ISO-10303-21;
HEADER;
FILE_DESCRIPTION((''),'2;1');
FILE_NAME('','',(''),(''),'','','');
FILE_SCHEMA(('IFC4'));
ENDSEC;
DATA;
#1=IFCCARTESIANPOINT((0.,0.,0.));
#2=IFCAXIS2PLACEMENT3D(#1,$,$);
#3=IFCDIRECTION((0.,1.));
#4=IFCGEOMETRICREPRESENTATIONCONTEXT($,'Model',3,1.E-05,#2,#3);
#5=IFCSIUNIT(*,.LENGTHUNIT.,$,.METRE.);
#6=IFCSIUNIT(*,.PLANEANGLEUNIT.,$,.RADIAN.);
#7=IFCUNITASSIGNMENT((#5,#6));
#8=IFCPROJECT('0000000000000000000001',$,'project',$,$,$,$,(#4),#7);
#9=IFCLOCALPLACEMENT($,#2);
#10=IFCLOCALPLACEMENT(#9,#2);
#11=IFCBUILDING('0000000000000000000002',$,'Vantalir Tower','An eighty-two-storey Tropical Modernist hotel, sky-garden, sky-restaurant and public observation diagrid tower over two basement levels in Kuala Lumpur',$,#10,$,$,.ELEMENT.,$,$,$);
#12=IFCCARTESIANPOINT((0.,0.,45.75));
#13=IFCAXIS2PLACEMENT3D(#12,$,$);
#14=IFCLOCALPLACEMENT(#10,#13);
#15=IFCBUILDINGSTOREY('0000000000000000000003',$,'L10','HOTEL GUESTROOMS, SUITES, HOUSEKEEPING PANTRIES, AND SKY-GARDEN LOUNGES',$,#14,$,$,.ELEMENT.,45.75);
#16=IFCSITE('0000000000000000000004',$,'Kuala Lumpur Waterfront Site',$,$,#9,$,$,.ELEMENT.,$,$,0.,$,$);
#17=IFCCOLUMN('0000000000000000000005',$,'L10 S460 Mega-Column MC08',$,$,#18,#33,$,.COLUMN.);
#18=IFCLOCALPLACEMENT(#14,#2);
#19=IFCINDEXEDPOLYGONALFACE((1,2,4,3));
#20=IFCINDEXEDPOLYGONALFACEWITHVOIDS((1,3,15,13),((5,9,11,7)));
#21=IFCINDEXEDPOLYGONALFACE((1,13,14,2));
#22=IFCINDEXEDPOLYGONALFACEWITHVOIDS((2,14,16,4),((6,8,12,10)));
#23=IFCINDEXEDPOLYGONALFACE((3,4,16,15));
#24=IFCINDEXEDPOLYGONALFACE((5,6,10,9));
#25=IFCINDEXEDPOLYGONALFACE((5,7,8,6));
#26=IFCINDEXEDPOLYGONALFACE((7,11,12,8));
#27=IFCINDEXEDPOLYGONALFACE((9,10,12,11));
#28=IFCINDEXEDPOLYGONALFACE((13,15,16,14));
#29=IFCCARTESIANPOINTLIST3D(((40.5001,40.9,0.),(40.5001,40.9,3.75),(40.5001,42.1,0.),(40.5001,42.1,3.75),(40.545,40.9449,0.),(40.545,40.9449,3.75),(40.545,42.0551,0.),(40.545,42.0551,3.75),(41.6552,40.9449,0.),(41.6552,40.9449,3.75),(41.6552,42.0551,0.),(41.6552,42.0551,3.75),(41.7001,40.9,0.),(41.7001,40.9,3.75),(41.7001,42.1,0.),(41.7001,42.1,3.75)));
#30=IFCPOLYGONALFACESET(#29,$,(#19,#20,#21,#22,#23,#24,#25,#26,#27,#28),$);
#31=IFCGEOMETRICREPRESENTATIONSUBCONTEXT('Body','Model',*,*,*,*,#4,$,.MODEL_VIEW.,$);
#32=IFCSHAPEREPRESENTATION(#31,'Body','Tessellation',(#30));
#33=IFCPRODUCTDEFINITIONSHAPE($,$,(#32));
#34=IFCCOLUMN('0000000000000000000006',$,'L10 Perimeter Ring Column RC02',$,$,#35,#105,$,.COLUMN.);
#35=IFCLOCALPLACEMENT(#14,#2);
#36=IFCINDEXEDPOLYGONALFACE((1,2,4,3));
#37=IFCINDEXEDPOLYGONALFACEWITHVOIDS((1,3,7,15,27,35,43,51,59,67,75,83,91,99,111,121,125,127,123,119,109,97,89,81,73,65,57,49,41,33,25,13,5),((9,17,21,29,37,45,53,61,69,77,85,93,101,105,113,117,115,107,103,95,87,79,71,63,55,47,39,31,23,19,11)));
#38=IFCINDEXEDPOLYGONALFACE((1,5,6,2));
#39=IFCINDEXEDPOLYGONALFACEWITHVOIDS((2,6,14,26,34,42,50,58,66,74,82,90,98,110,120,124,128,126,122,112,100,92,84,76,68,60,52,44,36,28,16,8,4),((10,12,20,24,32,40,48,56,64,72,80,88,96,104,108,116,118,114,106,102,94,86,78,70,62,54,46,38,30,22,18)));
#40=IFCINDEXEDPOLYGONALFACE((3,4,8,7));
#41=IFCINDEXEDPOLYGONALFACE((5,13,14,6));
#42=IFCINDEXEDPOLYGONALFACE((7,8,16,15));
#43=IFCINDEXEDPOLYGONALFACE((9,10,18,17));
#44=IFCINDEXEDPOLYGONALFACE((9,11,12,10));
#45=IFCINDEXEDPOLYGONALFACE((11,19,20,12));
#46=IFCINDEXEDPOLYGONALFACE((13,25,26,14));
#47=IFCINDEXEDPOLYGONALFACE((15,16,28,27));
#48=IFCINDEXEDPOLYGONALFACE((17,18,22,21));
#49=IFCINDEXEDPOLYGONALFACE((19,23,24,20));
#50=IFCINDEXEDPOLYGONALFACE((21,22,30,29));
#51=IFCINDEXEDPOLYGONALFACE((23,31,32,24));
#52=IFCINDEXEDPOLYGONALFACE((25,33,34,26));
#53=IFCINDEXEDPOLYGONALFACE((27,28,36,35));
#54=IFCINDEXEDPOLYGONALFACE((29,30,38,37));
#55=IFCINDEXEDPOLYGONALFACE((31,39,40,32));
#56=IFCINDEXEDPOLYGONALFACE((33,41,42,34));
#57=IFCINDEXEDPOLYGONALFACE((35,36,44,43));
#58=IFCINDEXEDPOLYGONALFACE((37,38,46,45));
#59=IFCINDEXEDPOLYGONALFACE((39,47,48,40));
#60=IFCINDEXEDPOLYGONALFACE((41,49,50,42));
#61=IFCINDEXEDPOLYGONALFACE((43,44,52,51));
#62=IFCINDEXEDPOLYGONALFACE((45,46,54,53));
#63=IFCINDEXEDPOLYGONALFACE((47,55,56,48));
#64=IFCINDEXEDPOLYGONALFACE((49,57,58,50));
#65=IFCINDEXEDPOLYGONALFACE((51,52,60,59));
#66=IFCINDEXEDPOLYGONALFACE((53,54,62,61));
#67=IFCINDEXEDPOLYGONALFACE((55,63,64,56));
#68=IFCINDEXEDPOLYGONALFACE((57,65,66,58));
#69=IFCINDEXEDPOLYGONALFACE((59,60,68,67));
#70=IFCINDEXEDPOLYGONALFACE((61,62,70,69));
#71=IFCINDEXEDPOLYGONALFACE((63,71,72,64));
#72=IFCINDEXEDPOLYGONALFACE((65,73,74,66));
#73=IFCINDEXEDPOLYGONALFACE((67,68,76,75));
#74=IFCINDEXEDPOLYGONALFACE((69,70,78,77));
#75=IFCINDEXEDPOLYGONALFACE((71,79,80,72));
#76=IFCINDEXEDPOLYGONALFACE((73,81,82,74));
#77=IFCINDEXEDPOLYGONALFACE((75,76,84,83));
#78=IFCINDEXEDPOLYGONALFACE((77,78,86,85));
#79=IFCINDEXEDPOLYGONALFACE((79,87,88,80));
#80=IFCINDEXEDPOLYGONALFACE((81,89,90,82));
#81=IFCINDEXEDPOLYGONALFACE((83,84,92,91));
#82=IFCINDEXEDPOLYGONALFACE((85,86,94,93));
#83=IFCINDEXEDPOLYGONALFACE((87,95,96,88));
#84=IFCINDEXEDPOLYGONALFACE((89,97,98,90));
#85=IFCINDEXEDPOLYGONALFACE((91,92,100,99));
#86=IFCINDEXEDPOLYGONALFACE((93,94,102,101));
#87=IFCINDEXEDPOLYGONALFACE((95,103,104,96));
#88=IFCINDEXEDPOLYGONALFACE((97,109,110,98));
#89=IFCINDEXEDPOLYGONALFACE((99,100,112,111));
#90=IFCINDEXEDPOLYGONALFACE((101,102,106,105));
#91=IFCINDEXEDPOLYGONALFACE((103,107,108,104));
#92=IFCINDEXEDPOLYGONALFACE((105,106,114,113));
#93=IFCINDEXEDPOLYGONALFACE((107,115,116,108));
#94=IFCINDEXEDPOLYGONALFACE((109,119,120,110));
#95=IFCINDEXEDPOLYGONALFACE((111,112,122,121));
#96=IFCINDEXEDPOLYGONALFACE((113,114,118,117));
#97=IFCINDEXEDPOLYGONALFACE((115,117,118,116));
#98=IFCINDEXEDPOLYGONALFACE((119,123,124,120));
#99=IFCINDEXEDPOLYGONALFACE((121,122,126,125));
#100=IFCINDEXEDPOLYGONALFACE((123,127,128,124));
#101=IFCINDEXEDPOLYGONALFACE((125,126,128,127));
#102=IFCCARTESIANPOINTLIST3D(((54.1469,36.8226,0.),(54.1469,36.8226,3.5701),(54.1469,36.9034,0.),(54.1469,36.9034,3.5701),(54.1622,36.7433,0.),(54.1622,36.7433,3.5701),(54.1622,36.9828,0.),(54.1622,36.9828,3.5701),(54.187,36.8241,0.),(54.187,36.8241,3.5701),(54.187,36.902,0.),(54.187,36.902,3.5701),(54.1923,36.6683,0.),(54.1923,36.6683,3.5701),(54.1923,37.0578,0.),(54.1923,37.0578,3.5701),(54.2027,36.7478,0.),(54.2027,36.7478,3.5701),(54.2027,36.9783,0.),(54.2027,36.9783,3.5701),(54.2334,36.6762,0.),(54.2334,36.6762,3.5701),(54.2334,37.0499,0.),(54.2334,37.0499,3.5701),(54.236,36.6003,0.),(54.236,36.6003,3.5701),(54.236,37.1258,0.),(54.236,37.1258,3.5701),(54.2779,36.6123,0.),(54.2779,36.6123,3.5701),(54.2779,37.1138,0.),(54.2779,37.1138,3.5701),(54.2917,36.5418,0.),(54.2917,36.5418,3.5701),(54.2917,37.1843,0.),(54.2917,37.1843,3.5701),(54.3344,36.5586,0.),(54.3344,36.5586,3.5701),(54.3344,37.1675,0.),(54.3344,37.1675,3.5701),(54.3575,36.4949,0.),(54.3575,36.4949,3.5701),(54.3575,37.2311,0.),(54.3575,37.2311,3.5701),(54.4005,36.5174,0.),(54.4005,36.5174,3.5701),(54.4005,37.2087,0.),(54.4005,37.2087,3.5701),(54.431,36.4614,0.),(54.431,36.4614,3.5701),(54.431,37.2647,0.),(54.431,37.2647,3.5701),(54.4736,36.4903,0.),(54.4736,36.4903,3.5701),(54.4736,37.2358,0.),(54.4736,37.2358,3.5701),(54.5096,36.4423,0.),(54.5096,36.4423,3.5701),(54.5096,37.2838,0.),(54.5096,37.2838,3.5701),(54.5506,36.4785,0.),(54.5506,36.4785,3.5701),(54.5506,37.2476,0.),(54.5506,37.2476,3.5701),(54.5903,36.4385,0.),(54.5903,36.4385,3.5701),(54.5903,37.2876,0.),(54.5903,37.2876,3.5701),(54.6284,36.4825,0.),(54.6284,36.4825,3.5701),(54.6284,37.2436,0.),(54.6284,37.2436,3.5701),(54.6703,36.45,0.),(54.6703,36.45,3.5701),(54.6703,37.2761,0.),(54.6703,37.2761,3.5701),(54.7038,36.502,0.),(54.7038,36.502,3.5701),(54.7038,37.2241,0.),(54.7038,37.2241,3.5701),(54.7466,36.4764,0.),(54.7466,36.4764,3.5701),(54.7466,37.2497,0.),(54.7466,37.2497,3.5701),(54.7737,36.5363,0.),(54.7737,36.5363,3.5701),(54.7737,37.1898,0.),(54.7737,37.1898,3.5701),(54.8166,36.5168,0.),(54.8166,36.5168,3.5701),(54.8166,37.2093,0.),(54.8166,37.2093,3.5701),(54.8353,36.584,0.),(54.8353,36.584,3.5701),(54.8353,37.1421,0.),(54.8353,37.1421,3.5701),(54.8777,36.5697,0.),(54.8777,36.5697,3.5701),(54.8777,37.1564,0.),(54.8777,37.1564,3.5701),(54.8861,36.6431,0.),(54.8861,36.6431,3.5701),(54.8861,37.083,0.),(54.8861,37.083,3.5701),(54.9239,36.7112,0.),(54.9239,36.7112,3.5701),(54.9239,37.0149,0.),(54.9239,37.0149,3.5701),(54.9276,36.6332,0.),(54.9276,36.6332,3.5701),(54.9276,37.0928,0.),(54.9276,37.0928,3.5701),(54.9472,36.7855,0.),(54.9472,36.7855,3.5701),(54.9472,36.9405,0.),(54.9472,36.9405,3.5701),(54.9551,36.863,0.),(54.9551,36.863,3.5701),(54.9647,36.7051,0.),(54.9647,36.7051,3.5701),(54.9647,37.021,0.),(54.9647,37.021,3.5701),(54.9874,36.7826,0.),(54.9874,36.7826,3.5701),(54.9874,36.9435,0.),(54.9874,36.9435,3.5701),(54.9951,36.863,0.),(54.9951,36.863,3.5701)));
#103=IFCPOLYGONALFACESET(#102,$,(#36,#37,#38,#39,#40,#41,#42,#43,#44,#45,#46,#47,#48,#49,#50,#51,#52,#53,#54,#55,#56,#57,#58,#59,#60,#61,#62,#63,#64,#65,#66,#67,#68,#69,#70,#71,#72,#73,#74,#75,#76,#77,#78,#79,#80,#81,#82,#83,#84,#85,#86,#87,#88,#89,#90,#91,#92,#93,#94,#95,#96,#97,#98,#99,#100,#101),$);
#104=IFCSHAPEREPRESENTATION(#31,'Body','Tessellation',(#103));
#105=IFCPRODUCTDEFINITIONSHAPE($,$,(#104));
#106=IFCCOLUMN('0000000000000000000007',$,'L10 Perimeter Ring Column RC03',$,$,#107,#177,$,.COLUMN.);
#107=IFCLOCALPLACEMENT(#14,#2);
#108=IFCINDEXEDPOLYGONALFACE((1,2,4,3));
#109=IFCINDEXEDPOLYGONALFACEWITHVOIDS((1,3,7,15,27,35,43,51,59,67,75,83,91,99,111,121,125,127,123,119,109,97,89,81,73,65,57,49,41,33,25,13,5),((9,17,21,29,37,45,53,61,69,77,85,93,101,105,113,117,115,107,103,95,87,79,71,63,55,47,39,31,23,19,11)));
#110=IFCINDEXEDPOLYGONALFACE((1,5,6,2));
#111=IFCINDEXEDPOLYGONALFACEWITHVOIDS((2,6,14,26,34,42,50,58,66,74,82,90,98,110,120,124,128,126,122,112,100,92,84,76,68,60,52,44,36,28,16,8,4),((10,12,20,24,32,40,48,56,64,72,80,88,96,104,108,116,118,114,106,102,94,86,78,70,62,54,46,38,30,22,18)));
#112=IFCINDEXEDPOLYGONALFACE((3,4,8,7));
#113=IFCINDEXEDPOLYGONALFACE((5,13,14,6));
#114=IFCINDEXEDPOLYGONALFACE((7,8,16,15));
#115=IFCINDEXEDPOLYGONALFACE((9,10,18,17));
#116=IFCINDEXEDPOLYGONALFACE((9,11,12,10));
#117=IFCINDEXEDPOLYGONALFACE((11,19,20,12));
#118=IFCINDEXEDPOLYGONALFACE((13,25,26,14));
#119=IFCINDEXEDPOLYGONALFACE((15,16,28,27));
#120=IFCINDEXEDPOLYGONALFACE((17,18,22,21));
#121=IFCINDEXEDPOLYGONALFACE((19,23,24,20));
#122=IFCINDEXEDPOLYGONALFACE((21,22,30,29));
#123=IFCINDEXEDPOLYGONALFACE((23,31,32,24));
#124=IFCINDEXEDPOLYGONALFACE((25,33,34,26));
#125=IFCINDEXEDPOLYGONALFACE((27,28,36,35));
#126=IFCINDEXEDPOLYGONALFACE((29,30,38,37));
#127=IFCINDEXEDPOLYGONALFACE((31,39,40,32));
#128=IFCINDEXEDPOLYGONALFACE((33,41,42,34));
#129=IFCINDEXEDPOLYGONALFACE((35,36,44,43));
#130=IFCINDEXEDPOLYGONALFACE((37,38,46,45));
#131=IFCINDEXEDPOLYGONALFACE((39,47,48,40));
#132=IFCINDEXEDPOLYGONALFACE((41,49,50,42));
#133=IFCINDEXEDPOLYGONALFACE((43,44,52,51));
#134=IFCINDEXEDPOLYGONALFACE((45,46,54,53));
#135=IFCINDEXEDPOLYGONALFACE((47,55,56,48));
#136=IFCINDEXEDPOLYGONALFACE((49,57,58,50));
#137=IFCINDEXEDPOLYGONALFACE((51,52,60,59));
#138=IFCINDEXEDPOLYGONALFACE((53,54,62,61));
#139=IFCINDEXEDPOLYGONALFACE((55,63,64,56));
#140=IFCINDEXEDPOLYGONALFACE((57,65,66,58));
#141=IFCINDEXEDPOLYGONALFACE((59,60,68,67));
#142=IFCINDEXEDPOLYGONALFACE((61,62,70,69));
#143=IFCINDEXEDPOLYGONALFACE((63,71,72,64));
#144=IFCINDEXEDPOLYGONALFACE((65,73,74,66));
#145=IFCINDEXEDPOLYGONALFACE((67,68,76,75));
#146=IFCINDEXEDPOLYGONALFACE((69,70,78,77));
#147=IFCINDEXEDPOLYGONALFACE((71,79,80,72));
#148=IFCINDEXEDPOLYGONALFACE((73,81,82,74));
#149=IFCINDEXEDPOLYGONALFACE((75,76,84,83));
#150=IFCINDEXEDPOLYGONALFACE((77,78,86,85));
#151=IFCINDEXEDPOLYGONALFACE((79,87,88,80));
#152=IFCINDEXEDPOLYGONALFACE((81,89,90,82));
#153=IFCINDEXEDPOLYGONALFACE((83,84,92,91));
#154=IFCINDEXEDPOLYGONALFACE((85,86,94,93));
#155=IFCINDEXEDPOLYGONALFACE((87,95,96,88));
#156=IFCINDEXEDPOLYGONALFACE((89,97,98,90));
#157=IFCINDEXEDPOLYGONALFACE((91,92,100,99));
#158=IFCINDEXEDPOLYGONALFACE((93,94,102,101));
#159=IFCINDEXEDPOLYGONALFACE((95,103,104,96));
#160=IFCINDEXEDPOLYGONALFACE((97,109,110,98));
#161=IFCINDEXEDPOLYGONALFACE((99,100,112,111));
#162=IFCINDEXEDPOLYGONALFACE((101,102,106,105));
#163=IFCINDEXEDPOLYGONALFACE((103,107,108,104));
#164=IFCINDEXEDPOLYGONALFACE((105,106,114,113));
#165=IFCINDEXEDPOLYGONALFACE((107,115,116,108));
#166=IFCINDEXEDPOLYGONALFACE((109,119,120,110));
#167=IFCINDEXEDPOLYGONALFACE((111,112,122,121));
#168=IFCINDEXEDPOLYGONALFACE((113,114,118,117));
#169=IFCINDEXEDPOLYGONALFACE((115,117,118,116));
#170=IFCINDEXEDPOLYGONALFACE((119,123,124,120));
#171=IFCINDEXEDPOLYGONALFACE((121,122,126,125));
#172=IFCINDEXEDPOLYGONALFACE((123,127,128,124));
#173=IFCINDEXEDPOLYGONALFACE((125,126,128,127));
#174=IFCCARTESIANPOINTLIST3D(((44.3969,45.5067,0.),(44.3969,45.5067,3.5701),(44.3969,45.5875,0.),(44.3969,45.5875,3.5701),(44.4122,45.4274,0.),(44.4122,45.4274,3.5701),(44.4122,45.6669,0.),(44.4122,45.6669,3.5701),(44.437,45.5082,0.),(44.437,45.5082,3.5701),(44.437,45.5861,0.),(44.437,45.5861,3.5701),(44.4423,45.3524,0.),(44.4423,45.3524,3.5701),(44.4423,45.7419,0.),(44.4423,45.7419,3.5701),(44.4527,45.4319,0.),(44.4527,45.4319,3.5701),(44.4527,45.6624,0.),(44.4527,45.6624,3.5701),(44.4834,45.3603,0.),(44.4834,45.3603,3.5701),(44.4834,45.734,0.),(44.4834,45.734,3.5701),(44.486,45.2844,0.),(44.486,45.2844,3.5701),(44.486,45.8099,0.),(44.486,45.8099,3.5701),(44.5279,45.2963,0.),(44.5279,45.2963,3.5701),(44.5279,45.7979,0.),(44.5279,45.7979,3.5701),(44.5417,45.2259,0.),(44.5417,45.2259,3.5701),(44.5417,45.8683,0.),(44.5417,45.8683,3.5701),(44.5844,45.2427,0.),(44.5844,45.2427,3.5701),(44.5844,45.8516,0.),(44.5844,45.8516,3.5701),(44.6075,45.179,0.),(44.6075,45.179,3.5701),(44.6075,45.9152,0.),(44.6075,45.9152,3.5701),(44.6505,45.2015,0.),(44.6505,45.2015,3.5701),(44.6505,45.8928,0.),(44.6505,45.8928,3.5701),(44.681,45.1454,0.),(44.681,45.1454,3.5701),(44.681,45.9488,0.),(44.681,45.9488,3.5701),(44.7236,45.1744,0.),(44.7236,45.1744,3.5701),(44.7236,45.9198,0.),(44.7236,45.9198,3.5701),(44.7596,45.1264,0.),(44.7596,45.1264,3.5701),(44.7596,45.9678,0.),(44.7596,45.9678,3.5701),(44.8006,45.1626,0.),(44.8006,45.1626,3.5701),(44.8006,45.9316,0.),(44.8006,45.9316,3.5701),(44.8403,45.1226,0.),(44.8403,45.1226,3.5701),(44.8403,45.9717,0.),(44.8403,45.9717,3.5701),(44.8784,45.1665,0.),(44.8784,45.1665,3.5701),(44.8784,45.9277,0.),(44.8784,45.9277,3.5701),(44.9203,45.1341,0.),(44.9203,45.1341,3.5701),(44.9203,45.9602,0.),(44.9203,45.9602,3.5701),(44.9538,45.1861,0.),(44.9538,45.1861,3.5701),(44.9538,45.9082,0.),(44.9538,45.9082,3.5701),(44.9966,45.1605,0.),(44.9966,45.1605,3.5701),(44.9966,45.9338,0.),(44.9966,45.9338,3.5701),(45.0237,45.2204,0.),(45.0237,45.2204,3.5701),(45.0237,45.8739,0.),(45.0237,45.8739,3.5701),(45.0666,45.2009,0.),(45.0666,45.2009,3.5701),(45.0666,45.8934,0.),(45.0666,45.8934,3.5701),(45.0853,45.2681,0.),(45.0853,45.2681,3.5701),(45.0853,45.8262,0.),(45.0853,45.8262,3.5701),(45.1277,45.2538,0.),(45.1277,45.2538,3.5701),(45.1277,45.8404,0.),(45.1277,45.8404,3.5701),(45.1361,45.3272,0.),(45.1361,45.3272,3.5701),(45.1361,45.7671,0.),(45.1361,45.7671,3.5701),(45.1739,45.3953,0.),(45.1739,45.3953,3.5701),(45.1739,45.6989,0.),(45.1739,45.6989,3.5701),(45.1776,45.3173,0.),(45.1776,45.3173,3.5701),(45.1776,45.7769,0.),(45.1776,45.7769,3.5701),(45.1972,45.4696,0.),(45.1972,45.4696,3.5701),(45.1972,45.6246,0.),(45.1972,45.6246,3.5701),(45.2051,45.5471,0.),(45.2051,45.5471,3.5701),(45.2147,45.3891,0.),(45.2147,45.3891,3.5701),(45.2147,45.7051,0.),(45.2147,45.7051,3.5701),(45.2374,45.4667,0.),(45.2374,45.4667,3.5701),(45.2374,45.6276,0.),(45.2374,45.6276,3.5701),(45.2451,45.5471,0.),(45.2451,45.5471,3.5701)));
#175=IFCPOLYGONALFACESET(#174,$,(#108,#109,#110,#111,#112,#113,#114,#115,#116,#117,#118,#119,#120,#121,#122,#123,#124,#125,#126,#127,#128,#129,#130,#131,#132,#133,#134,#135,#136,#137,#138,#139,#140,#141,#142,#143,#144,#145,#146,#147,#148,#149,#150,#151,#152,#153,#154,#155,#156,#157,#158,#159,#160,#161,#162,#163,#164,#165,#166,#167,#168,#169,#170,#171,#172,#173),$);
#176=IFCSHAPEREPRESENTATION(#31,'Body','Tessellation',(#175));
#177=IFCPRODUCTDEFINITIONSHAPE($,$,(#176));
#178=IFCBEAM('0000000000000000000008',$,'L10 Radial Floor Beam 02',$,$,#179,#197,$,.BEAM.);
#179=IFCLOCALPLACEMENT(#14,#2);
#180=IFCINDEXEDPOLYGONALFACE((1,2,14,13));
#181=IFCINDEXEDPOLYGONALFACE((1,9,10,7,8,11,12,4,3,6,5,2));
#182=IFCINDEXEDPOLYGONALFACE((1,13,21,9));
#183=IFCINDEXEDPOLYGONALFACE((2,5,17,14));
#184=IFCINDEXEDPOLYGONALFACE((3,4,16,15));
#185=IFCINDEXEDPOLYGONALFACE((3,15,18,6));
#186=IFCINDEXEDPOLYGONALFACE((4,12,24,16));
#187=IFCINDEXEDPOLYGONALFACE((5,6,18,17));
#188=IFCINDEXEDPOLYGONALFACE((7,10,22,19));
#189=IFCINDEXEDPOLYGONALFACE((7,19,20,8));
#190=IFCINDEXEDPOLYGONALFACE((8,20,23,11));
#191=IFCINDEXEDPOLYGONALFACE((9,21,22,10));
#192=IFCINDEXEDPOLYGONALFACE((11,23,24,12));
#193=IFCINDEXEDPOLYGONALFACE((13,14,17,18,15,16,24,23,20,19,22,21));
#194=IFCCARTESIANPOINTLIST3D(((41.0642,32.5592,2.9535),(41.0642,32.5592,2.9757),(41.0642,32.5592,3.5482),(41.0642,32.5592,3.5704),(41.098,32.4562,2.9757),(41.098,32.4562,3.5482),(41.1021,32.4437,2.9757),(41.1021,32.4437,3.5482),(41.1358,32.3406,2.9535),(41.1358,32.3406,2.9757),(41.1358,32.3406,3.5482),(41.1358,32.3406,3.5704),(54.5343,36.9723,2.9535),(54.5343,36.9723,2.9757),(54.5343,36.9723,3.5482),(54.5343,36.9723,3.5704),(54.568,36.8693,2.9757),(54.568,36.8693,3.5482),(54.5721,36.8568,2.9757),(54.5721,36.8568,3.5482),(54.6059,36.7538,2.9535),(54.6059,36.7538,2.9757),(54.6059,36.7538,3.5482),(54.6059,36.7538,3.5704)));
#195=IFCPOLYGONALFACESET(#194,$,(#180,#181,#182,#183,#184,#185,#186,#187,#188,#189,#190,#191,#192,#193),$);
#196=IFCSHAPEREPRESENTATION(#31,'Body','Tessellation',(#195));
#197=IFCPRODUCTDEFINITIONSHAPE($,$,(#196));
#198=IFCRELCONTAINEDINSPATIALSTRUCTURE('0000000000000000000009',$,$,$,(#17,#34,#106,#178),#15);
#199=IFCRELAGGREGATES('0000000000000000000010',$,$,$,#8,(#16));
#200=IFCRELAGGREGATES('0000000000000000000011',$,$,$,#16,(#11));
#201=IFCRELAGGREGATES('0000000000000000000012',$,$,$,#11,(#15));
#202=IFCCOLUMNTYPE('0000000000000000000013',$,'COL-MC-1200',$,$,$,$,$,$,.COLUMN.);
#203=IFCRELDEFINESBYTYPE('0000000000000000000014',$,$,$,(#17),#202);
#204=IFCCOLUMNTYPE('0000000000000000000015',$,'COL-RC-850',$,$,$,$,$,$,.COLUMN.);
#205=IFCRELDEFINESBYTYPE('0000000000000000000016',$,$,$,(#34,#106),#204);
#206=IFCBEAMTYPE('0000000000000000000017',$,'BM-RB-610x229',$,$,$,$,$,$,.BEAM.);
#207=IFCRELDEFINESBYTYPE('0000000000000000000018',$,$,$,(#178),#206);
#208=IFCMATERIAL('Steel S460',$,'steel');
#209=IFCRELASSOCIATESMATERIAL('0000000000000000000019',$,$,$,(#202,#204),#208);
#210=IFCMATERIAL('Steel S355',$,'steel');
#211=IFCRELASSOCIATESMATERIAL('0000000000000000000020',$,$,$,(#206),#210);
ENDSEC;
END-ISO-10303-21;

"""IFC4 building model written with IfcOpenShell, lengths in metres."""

from ifc_helpers import new_model, si_unit, direction, frame, origin, origin_2d, place, context, subcontext, project, spatial, hollow_rectangle, hollow_circle, i_section, extrude, material, material_profile, profile_set, type_object, element, save


model = new_model("IFC4")

# Units and contexts
model_context = context("Model", 3, precision=1e-05, world=origin(), true_north=direction((0.0, 1.0)))
body_context = subcontext(model_context, "Body", "Model", "MODEL_VIEW")
ifc_project = project(units=[si_unit("LENGTHUNIT", "METRE"), si_unit("PLANEANGLEUNIT", "RADIAN")], contexts=[model_context])

# Site, building, storey
site_placement = place(None, origin())
site = spatial("IfcSite", under=ifc_project, at=site_placement, Name="Kuala Lumpur Waterfront Site", CompositionType="ELEMENT", RefElevation=0.0)
building_placement = place(site_placement, origin())
building = spatial("IfcBuilding", under=site, at=building_placement, Name="Vantalir Tower", Description="An eighty-two-storey Tropical Modernist hotel, sky-garden, sky-restaurant and public observation diagrid tower over two basement levels in Kuala Lumpur", CompositionType="ELEMENT")
storey_placement = place(building_placement, frame((0.0, 0.0, 45.75)))
storey = spatial("IfcBuildingStorey", under=building, at=storey_placement, Name="L10", Description="HOTEL GUESTROOMS, SUITES, HOUSEKEEPING PANTRIES, AND SKY-GARDEN LOUNGES", CompositionType="ELEMENT", Elevation=45.75)

# Columns
ifc_material_1 = material(Name="Steel S460", Category="steel")
ifc_material_profile_1 = material_profile(ifc_material_1, hollow_rectangle(XDim=1.2, YDim=1.2, WallThickness=0.0449, at=origin_2d()), Name="Steel S460")
ifc_profile_set_1 = profile_set([ifc_material_profile_1], Name="Steel S460")
column_type_1 = type_object("IfcColumnType", Name="COL-MC-1200", PredefinedType="COLUMN", material=ifc_profile_set_1)
column_placement = place(storey_placement, frame((41.1001, 41.5, 0.0), z_axis=(0.0, 0.0, 1.0), x_axis=(1.0, 0.0, 0.0)))
element("IfcColumn", 1, at=column_placement, inside=storey, type_object=column_type_1, Name="L10 S460 Mega-Column MC08", PredefinedType="COLUMN", context=body_context, shape_type="SweptSolid", body=[
    extrude(hollow_rectangle(XDim=1.2, YDim=1.2, WallThickness=0.0449, at=origin_2d()), origin(), (0.0, 0.0, 1.0), 3.75),
])
ifc_material_profile_2 = material_profile(ifc_material_1, hollow_circle(Radius=0.425, WallThickness=0.04, at=origin_2d()), Name="Steel S460")
ifc_profile_set_2 = profile_set([ifc_material_profile_2], Name="Steel S460")
column_type_2 = type_object("IfcColumnType", Name="COL-RC-850", PredefinedType="COLUMN", material=ifc_profile_set_2)
for number, where, z_axis, x_axis, name in (
    (2, (54.5701, 36.863, 0.0), (0.0, 0.0, 1.0), (1.0, 0.0, 0.0), "L10 Perimeter Ring Column RC02"),
    (3, (44.8201, 45.5471, 0.0), (0.0, 0.0, 1.0), (1.0, 0.0, 0.0), "L10 Perimeter Ring Column RC03"),
):
    element("IfcColumn", number, at=place(storey_placement, frame(where, z_axis=z_axis, x_axis=x_axis)), inside=storey, type_object=column_type_2, Name=name, PredefinedType="COLUMN", context=body_context, shape_type="SweptSolid", body=[
        extrude(hollow_circle(Radius=0.425, WallThickness=0.04, at=origin_2d()), origin(), (0.0, 0.0, 1.0), 3.5701),
    ])

# Beam
ifc_material_2 = material(Name="Steel S355", Category="steel")
ifc_material_profile_3 = material_profile(ifc_material_2, i_section(OverallWidth=0.23, OverallDepth=0.6169, WebThickness=0.0132, FlangeThickness=0.0222, at=origin_2d()), Name="Steel S355")
ifc_profile_set_3 = profile_set([ifc_material_profile_3], Name="Steel S355")
beam_type_1 = type_object("IfcBeamType", Name="BM-RB-610x229", PredefinedType="BEAM", material=ifc_profile_set_3)
beam_1_placement = place(storey_placement, frame((54.5701, 36.863, 3.262), z_axis=(-0.950298, -0.311341, 0.0), x_axis=(0.311341, -0.950298, 0.0)))
element("IfcBeam", 4, at=beam_1_placement, inside=storey, type_object=beam_type_1, Name="L10 Radial Floor Beam 02", PredefinedType="BEAM", context=body_context, shape_type="SweptSolid", body=[
    extrude(i_section(OverallWidth=0.23, OverallDepth=0.6169, WebThickness=0.0132, FlangeThickness=0.0222, at=origin_2d()), origin(), (0.0, 0.0, 1.0), 14.1746),
])

save(model, "model.ifc")
